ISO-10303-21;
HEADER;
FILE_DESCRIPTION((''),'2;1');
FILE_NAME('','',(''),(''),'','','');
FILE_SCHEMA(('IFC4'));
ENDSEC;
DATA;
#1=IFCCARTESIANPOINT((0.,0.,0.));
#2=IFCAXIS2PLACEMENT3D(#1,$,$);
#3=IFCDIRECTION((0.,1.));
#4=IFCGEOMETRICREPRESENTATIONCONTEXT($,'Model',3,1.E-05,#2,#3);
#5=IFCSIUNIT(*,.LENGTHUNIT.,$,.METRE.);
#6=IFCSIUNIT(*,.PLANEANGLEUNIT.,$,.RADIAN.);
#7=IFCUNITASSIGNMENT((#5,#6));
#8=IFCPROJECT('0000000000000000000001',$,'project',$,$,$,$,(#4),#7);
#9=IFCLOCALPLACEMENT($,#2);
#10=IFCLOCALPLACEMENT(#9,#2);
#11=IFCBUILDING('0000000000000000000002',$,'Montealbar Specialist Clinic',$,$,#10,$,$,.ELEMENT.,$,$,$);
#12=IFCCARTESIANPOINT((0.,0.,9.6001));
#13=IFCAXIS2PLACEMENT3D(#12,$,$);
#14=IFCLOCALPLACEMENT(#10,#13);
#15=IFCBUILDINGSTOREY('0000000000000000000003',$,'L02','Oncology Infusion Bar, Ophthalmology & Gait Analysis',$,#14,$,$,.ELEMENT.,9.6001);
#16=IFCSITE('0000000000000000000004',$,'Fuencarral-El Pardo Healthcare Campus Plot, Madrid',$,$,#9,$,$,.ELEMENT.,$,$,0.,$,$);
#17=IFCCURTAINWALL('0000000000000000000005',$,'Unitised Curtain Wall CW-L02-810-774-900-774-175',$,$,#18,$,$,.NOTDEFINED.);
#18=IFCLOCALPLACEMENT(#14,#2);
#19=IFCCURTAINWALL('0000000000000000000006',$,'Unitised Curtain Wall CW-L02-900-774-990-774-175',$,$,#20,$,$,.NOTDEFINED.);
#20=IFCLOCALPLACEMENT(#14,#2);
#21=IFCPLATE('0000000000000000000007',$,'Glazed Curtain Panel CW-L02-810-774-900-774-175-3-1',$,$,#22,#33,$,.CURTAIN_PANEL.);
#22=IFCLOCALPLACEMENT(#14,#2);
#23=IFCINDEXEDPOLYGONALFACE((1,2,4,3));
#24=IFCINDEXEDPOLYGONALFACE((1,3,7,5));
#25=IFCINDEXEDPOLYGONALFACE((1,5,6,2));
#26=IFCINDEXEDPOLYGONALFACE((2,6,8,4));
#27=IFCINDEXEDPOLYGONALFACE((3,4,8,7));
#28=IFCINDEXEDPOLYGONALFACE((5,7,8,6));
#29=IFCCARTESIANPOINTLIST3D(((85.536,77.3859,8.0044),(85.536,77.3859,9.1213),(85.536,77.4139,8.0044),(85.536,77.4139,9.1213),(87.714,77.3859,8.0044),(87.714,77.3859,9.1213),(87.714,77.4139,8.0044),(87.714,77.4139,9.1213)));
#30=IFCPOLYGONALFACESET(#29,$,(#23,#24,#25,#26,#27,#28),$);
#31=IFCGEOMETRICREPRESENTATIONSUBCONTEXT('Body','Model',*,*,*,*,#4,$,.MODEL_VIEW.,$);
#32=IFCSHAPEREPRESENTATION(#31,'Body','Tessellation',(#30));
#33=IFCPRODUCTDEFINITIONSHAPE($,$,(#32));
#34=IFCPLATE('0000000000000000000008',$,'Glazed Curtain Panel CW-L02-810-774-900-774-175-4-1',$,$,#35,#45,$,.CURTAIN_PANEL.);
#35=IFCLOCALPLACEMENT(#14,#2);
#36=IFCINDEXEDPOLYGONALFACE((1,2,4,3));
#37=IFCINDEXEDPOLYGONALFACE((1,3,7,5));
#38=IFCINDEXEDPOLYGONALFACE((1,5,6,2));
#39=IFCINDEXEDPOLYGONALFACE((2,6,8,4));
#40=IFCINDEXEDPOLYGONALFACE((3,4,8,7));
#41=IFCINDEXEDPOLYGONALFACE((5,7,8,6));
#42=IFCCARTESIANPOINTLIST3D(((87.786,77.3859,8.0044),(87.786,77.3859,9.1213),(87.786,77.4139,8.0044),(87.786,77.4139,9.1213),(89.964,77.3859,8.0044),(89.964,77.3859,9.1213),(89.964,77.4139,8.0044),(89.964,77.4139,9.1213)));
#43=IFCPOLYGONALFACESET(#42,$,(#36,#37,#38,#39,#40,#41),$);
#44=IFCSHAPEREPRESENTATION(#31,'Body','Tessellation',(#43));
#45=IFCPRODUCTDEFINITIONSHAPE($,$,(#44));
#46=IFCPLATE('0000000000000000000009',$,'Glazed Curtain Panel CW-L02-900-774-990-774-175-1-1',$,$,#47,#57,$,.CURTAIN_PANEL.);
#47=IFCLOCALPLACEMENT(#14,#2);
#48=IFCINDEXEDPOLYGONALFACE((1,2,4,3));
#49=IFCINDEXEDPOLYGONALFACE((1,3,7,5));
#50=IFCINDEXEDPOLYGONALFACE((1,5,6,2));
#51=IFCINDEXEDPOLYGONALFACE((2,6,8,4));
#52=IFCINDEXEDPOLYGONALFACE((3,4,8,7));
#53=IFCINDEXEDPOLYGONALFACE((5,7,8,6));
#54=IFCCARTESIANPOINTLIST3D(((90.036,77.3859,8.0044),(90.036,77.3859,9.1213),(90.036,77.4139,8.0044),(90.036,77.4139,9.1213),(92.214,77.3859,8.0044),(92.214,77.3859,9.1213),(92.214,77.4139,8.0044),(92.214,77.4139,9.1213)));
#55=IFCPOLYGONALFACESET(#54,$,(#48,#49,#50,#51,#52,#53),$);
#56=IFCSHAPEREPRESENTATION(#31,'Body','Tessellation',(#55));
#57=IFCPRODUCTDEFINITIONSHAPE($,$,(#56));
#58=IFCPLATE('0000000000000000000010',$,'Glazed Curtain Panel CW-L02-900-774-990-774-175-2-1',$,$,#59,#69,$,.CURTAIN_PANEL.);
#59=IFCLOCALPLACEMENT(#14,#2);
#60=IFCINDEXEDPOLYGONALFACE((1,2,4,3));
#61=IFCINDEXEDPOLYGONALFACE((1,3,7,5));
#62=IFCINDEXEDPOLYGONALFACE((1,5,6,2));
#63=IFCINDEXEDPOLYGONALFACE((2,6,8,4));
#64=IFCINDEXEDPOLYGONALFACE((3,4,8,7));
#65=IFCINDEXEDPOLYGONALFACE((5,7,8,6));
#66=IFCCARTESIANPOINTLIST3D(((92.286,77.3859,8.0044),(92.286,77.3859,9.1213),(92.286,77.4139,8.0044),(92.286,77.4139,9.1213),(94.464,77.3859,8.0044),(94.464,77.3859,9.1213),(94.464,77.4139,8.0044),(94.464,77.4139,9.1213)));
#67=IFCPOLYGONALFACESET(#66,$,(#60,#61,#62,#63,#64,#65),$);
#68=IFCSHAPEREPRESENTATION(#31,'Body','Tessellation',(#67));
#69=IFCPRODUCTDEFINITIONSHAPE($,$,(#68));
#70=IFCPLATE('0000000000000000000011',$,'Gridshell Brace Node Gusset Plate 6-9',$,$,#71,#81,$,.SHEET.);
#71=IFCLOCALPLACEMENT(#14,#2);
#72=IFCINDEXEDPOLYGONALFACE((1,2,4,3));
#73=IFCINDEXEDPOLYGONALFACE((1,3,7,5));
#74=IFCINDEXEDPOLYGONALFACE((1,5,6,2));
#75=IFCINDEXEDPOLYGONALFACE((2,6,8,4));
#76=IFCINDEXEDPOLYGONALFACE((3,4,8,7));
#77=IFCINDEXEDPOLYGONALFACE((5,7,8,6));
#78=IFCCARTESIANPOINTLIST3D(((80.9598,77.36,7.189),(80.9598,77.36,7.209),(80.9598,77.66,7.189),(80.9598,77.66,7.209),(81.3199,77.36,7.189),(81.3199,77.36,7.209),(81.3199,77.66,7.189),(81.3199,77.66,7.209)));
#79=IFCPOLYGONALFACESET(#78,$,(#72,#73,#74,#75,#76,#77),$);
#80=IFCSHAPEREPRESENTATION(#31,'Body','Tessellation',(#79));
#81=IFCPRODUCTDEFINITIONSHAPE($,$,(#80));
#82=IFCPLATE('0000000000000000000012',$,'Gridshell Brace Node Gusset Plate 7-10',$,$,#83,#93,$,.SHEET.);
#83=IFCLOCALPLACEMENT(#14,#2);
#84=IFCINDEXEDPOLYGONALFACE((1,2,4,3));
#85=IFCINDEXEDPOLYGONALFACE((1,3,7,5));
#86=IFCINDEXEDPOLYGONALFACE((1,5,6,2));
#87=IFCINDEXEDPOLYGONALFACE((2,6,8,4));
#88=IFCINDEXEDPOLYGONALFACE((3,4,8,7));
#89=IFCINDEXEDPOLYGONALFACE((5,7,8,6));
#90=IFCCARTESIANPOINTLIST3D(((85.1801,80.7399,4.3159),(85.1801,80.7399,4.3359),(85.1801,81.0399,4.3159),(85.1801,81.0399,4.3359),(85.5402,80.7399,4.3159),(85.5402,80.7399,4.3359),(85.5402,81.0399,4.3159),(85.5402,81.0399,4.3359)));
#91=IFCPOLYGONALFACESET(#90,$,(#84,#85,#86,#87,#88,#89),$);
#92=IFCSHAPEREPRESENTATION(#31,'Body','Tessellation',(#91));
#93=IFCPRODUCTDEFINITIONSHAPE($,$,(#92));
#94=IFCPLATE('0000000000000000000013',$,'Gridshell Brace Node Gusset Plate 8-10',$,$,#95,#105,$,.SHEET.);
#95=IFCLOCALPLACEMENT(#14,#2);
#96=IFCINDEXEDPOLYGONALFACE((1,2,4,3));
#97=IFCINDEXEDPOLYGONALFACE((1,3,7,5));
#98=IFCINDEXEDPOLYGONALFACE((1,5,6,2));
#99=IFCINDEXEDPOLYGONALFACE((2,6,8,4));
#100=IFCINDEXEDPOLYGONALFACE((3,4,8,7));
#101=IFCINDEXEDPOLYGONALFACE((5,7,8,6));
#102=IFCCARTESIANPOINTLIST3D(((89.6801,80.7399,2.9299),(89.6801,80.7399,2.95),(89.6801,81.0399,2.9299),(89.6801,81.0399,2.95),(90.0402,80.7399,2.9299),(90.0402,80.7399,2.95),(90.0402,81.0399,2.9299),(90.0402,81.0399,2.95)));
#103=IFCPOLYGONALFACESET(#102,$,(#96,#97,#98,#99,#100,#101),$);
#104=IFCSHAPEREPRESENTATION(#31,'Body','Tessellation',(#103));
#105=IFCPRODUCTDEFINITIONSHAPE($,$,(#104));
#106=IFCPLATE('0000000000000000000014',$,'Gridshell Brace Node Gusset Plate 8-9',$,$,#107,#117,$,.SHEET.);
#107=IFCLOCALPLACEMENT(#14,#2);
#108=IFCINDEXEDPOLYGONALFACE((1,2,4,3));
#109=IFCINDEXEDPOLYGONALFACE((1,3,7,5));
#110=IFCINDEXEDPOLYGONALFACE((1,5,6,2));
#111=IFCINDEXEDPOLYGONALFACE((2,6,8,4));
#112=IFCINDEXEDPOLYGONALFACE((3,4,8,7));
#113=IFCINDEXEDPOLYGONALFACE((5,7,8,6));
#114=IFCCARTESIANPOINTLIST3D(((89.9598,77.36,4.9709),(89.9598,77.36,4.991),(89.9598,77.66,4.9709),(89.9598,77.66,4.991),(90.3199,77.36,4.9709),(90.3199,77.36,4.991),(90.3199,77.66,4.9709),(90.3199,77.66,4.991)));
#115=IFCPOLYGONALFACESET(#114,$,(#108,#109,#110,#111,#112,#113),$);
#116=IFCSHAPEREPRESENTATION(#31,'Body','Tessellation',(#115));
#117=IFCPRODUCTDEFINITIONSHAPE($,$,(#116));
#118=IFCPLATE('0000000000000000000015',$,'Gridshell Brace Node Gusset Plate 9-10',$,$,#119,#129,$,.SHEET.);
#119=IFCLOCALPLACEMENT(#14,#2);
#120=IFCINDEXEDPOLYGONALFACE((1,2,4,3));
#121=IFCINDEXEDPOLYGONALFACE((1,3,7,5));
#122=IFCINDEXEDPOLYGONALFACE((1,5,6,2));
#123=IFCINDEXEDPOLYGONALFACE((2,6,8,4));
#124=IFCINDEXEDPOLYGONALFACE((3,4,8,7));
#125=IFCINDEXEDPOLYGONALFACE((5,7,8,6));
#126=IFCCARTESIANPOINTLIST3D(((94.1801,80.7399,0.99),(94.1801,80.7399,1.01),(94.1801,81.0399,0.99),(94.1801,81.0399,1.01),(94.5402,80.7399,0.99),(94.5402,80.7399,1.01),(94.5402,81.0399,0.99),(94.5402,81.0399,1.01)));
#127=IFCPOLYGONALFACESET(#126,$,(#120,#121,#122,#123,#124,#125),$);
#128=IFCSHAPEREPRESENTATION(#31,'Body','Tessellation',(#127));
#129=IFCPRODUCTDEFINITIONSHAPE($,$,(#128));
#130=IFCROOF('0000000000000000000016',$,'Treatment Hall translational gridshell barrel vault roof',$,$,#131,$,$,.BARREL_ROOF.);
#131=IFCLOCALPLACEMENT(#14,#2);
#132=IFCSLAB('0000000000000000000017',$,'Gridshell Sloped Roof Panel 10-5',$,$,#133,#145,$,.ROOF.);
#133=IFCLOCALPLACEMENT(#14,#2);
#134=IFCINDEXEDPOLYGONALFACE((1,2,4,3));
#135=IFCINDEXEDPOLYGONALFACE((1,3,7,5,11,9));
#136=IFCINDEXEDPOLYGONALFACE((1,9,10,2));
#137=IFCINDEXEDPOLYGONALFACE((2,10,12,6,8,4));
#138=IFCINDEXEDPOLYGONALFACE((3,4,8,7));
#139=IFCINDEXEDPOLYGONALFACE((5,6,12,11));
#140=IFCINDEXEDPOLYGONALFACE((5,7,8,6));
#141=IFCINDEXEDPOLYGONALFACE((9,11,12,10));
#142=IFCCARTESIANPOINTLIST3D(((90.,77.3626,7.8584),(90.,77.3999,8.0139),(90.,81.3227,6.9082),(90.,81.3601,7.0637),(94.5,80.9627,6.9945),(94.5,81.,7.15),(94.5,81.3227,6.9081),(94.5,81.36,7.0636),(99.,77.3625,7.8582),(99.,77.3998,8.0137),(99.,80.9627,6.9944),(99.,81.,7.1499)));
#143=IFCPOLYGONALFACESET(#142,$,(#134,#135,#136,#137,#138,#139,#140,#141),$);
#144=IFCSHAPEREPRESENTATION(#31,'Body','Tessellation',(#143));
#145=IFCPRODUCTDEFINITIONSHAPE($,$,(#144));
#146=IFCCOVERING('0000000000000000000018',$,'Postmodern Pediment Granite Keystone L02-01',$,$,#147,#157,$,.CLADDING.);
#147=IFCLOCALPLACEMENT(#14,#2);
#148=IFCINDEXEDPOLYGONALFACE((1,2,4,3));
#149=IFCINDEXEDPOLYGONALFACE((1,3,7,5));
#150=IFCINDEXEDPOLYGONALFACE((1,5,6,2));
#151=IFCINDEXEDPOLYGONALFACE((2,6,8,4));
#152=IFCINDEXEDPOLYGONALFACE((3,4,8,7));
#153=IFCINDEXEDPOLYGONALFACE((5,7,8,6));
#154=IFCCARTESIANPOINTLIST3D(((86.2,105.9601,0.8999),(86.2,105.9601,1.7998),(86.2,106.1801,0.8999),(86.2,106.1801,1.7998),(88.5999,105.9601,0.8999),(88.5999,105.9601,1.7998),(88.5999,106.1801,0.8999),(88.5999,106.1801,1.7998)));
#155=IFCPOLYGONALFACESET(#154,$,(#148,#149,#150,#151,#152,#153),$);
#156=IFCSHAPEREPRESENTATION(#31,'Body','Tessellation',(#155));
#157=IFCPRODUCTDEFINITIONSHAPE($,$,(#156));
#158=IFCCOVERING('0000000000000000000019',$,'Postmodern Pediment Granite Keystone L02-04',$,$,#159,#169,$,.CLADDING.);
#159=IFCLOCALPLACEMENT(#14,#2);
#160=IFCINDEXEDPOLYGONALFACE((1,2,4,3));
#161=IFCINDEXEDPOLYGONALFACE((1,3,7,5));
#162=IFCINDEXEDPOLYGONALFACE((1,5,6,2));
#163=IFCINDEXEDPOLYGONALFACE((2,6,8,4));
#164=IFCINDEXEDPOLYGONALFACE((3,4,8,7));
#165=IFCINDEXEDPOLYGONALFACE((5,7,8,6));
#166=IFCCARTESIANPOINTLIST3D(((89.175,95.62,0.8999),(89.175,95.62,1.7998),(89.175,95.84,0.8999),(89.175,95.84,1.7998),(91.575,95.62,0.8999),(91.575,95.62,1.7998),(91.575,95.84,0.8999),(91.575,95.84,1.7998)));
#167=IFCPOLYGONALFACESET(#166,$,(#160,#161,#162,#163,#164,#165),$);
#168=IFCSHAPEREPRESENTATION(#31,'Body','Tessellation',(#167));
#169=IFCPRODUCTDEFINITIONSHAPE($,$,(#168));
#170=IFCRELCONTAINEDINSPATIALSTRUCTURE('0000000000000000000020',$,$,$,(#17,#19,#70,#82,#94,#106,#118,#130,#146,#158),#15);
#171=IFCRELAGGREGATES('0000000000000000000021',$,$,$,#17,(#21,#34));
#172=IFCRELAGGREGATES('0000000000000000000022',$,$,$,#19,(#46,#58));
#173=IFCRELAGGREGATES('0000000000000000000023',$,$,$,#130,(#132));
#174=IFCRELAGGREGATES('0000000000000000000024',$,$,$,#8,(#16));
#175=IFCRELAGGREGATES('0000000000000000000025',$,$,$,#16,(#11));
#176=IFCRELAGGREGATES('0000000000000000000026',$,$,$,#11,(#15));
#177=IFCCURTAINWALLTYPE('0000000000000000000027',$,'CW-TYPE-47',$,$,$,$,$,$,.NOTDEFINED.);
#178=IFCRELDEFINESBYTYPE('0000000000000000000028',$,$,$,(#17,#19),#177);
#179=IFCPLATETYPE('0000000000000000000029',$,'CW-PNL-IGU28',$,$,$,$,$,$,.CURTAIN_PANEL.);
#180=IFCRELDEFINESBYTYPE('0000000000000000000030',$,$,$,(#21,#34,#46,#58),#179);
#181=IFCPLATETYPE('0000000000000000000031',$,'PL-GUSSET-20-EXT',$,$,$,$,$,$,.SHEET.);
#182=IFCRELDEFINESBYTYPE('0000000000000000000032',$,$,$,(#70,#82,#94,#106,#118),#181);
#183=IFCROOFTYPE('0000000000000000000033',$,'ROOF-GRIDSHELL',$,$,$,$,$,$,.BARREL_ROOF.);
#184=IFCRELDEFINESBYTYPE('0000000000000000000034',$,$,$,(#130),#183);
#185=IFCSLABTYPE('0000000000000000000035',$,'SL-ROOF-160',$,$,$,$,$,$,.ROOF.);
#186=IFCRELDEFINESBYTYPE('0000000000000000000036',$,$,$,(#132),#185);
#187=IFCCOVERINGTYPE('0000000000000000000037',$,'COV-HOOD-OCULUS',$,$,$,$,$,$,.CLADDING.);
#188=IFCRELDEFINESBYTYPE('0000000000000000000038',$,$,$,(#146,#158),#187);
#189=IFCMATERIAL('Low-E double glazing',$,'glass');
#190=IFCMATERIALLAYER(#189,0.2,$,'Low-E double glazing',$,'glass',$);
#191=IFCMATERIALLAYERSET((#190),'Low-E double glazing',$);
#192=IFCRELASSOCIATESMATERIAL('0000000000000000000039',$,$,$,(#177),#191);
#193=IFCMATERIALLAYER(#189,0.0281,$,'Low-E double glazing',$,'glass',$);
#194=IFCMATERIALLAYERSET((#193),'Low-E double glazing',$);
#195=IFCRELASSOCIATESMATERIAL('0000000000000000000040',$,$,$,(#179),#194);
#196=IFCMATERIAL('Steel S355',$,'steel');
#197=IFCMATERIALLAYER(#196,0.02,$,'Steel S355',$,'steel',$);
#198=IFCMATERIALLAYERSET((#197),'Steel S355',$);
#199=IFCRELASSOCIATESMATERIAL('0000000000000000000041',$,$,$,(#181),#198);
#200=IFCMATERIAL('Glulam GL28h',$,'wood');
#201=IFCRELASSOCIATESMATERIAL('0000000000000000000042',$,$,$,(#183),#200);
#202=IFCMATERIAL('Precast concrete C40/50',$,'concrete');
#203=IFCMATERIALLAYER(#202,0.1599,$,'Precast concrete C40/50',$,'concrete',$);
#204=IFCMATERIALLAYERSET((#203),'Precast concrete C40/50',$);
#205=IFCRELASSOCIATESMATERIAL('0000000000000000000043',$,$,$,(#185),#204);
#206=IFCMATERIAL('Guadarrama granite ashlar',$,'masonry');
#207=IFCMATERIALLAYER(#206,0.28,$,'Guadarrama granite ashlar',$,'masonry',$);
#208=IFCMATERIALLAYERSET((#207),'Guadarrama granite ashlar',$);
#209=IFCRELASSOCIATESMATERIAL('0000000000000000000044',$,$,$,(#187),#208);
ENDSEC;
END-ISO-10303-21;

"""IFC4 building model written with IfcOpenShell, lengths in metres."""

from ifc_helpers import new_model, si_unit, direction, frame, origin, origin_2d, place, context, subcontext, project, spatial, polyline, rectangle, outline, extrude, material, layer, layer_set, type_object, element, aggregate, save


model = new_model("IFC4")

# Units and contexts
model_context = context("Model", 3, precision=1e-05, world=origin(), true_north=direction((0.0, 1.0)))
body_context = subcontext(model_context, "Body", "Model", "MODEL_VIEW")
ifc_project = project(units=[si_unit("LENGTHUNIT", "METRE"), si_unit("PLANEANGLEUNIT", "RADIAN")], contexts=[model_context])

# Site, building, storey
site_placement = place(None, origin())
site = spatial("IfcSite", under=ifc_project, at=site_placement, Name="Fuencarral-El Pardo Healthcare Campus Plot, Madrid", CompositionType="ELEMENT", RefElevation=0.0)
building_placement = place(site_placement, origin())
building = spatial("IfcBuilding", under=site, at=building_placement, Name="Montealbar Specialist Clinic", CompositionType="ELEMENT")
storey_placement = place(building_placement, frame((0.0, 0.0, 9.6001)))
storey = spatial("IfcBuildingStorey", under=building, at=storey_placement, Name="L02", Description="Oncology Infusion Bar, Ophthalmology & Gait Analysis", CompositionType="ELEMENT", Elevation=9.6001)

# Shared definitions
ifc_material_1 = material(Name="Steel S355", Category="steel")
ifc_material_2 = material(Name="Glulam GL28h", Category="wood")

# Curtain walls
ifc_material_3 = material(Name="Low-E double glazing", Category="glass")
ifc_layer_1 = layer(ifc_material_3, 0.2, Name="Low-E double glazing", Category="glass")
ifc_layer_set_1 = layer_set([ifc_layer_1], Name="Low-E double glazing")
curtain_wall_type = type_object("IfcCurtainWallType", Name="CW-TYPE-47", PredefinedType="NOTDEFINED", material=ifc_layer_set_1)
curtain_wall_1_placement = place(storey_placement, origin())
curtain_wall_1 = element("IfcCurtainWall", 1, at=curtain_wall_1_placement, inside=storey, type_object=curtain_wall_type, Name="Unitised Curtain Wall CW-L02-810-774-900-774-175", PredefinedType="NOTDEFINED")
curtain_wall_2_placement = place(storey_placement, origin())
curtain_wall_2 = element("IfcCurtainWall", 2, at=curtain_wall_2_placement, inside=storey, type_object=curtain_wall_type, Name="Unitised Curtain Wall CW-L02-900-774-990-774-175", PredefinedType="NOTDEFINED")

# Plates
ifc_layer_2 = layer(ifc_material_3, 0.0281, Name="Low-E double glazing", Category="glass")
ifc_layer_set_2 = layer_set([ifc_layer_2], Name="Low-E double glazing")
plate_type_1 = type_object("IfcPlateType", Name="CW-PNL-IGU28", PredefinedType="CURTAIN_PANEL", material=ifc_layer_set_2)
plate_1_placement = place(storey_placement, frame((86.625, 77.3999, 8.0044), z_axis=(0.0, 0.0, 1.0), x_axis=(1.0, 0.0, 0.0)))
plate_1 = element("IfcPlate", 3, at=plate_1_placement, type_object=plate_type_1, Name="Glazed Curtain Panel CW-L02-810-774-900-774-175-3-1", PredefinedType="CURTAIN_PANEL", context=body_context, shape_type="SweptSolid", body=[
    extrude(rectangle(XDim=2.178, YDim=0.0281, at=origin_2d()), origin(), (0.0, 0.0, 1.0), 1.1169),
])
plate_2_placement = place(storey_placement, frame((88.875, 77.3999, 8.0044), z_axis=(0.0, 0.0, 1.0), x_axis=(1.0, 0.0, 0.0)))
plate_2 = element("IfcPlate", 4, at=plate_2_placement, type_object=plate_type_1, Name="Glazed Curtain Panel CW-L02-810-774-900-774-175-4-1", PredefinedType="CURTAIN_PANEL", context=body_context, shape_type="SweptSolid", body=[
    extrude(rectangle(XDim=2.178, YDim=0.0281, at=origin_2d()), origin(), (0.0, 0.0, 1.0), 1.1169),
])
aggregate(curtain_wall_1, [plate_1, plate_2])
plate_3_placement = place(storey_placement, frame((91.125, 77.3999, 8.0044), z_axis=(0.0, 0.0, 1.0), x_axis=(1.0, 0.0, 0.0)))
plate_3 = element("IfcPlate", 5, at=plate_3_placement, type_object=plate_type_1, Name="Glazed Curtain Panel CW-L02-900-774-990-774-175-1-1", PredefinedType="CURTAIN_PANEL", context=body_context, shape_type="SweptSolid", body=[
    extrude(rectangle(XDim=2.178, YDim=0.0281, at=origin_2d()), origin(), (0.0, 0.0, 1.0), 1.1169),
])
plate_4_placement = place(storey_placement, frame((93.375, 77.3999, 8.0044), z_axis=(0.0, 0.0, 1.0), x_axis=(1.0, 0.0, 0.0)))
plate_4 = element("IfcPlate", 6, at=plate_4_placement, type_object=plate_type_1, Name="Glazed Curtain Panel CW-L02-900-774-990-774-175-2-1", PredefinedType="CURTAIN_PANEL", context=body_context, shape_type="SweptSolid", body=[
    extrude(rectangle(XDim=2.178, YDim=0.0281, at=origin_2d()), origin(), (0.0, 0.0, 1.0), 1.1169),
])
aggregate(curtain_wall_2, [plate_3, plate_4])

# Plates
ifc_layer_3 = layer(ifc_material_1, 0.02, Name="Steel S355", Category="steel")
ifc_layer_set_3 = layer_set([ifc_layer_3], Name="Steel S355")
plate_type_2 = type_object("IfcPlateType", Name="PL-GUSSET-20-EXT", PredefinedType="SHEET", material=ifc_layer_set_3)
for number, where, z_axis, x_axis, name in (
    (7, (81.1399, 77.51, 7.189), (0.0, 0.0, 1.0), (1.0, 0.0, 0.0), "Gridshell Brace Node Gusset Plate 6-9"),
    (8, (85.3601, 80.8899, 4.3159), (0.0, 0.0, 1.0), (1.0, 0.0, 0.0), "Gridshell Brace Node Gusset Plate 7-10"),
    (9, (89.8601, 80.8899, 2.9299), (0.0, 0.0, 1.0), (1.0, 0.0, 0.0), "Gridshell Brace Node Gusset Plate 8-10"),
    (10, (90.1399, 77.51, 4.9709), (0.0, 0.0, 1.0), (1.0, 0.0, 0.0), "Gridshell Brace Node Gusset Plate 8-9"),
    (11, (94.3601, 80.8899, 0.99), (0.0, 0.0, 1.0), (1.0, 0.0, 0.0), "Gridshell Brace Node Gusset Plate 9-10"),
):
    element("IfcPlate", number, at=place(storey_placement, frame(where, z_axis=z_axis, x_axis=x_axis)), inside=storey, type_object=plate_type_2, Name=name, PredefinedType="SHEET", context=body_context, shape_type="SweptSolid", body=[
        extrude(rectangle(XDim=0.3601, YDim=0.3, at=origin_2d()), origin(), (0.0, 0.0, 1.0), 0.02),
    ])

# Roof, slab
roof_type = type_object("IfcRoofType", Name="ROOF-GRIDSHELL", PredefinedType="BARREL_ROOF", material=ifc_material_2)
roof_placement = place(storey_placement, origin())
roof = element("IfcRoof", 12, at=roof_placement, inside=storey, type_object=roof_type, Name="Treatment Hall translational gridshell barrel vault roof", PredefinedType="BARREL_ROOF")
ifc_material_4 = material(Name="Precast concrete C40/50", Category="concrete")
ifc_layer_4 = layer(ifc_material_4, 0.1599, Name="Precast concrete C40/50", Category="concrete")
ifc_layer_set_4 = layer_set([ifc_layer_4], Name="Precast concrete C40/50")
slab_type = type_object("IfcSlabType", Name="SL-ROOF-160", PredefinedType="ROOF", material=ifc_layer_set_4)
slab_placement = place(storey_placement, frame((90.0, 77.3999, 8.0139), z_axis=(0.000025, 0.233311, 0.972402), x_axis=(1.0, -0.000006, -0.000024)))
slab = element("IfcSlab", 13, at=slab_placement, type_object=slab_type, Name="Gridshell Sloped Roof Panel 10-5", PredefinedType="ROOF", context=body_context, shape_type="SweptSolid", body=[
    extrude(outline(polyline([(0.0, 0.0), (9.0, 0.0), (9.0, 3.7023), (4.5, 3.7023), (4.5, 4.0725), (0.0, 4.0725), (0.0, 0.0)])), origin(), (0.0, 0.0, -1.0), 0.1599),
])
aggregate(roof, [slab])

# Coverings
ifc_material_5 = material(Name="Guadarrama granite ashlar", Category="masonry")
ifc_layer_5 = layer(ifc_material_5, 0.28, Name="Guadarrama granite ashlar", Category="masonry")
ifc_layer_set_5 = layer_set([ifc_layer_5], Name="Guadarrama granite ashlar")
covering_type = type_object("IfcCoveringType", Name="COV-HOOD-OCULUS", PredefinedType="CLADDING", material=ifc_layer_set_5)
for number, where, z_axis, x_axis, name in (
    (14, (87.3999, 106.0701, 0.8999), (0.0, 0.0, 1.0), (1.0, 0.0, 0.0), "Postmodern Pediment Granite Keystone L02-01"),
    (15, (90.375, 95.73, 0.8999), (0.0, 0.0, 1.0), (-1.0, 0.0, 0.0), "Postmodern Pediment Granite Keystone L02-04"),
):
    element("IfcCovering", number, at=place(storey_placement, frame(where, z_axis=z_axis, x_axis=x_axis)), inside=storey, type_object=covering_type, Name=name, PredefinedType="CLADDING", context=body_context, shape_type="SweptSolid", body=[
        extrude(rectangle(XDim=2.3999, YDim=0.22, at=origin_2d()), origin(), (0.0, 0.0, 1.0), 0.8999),
    ])

save(model, "model.ifc")
